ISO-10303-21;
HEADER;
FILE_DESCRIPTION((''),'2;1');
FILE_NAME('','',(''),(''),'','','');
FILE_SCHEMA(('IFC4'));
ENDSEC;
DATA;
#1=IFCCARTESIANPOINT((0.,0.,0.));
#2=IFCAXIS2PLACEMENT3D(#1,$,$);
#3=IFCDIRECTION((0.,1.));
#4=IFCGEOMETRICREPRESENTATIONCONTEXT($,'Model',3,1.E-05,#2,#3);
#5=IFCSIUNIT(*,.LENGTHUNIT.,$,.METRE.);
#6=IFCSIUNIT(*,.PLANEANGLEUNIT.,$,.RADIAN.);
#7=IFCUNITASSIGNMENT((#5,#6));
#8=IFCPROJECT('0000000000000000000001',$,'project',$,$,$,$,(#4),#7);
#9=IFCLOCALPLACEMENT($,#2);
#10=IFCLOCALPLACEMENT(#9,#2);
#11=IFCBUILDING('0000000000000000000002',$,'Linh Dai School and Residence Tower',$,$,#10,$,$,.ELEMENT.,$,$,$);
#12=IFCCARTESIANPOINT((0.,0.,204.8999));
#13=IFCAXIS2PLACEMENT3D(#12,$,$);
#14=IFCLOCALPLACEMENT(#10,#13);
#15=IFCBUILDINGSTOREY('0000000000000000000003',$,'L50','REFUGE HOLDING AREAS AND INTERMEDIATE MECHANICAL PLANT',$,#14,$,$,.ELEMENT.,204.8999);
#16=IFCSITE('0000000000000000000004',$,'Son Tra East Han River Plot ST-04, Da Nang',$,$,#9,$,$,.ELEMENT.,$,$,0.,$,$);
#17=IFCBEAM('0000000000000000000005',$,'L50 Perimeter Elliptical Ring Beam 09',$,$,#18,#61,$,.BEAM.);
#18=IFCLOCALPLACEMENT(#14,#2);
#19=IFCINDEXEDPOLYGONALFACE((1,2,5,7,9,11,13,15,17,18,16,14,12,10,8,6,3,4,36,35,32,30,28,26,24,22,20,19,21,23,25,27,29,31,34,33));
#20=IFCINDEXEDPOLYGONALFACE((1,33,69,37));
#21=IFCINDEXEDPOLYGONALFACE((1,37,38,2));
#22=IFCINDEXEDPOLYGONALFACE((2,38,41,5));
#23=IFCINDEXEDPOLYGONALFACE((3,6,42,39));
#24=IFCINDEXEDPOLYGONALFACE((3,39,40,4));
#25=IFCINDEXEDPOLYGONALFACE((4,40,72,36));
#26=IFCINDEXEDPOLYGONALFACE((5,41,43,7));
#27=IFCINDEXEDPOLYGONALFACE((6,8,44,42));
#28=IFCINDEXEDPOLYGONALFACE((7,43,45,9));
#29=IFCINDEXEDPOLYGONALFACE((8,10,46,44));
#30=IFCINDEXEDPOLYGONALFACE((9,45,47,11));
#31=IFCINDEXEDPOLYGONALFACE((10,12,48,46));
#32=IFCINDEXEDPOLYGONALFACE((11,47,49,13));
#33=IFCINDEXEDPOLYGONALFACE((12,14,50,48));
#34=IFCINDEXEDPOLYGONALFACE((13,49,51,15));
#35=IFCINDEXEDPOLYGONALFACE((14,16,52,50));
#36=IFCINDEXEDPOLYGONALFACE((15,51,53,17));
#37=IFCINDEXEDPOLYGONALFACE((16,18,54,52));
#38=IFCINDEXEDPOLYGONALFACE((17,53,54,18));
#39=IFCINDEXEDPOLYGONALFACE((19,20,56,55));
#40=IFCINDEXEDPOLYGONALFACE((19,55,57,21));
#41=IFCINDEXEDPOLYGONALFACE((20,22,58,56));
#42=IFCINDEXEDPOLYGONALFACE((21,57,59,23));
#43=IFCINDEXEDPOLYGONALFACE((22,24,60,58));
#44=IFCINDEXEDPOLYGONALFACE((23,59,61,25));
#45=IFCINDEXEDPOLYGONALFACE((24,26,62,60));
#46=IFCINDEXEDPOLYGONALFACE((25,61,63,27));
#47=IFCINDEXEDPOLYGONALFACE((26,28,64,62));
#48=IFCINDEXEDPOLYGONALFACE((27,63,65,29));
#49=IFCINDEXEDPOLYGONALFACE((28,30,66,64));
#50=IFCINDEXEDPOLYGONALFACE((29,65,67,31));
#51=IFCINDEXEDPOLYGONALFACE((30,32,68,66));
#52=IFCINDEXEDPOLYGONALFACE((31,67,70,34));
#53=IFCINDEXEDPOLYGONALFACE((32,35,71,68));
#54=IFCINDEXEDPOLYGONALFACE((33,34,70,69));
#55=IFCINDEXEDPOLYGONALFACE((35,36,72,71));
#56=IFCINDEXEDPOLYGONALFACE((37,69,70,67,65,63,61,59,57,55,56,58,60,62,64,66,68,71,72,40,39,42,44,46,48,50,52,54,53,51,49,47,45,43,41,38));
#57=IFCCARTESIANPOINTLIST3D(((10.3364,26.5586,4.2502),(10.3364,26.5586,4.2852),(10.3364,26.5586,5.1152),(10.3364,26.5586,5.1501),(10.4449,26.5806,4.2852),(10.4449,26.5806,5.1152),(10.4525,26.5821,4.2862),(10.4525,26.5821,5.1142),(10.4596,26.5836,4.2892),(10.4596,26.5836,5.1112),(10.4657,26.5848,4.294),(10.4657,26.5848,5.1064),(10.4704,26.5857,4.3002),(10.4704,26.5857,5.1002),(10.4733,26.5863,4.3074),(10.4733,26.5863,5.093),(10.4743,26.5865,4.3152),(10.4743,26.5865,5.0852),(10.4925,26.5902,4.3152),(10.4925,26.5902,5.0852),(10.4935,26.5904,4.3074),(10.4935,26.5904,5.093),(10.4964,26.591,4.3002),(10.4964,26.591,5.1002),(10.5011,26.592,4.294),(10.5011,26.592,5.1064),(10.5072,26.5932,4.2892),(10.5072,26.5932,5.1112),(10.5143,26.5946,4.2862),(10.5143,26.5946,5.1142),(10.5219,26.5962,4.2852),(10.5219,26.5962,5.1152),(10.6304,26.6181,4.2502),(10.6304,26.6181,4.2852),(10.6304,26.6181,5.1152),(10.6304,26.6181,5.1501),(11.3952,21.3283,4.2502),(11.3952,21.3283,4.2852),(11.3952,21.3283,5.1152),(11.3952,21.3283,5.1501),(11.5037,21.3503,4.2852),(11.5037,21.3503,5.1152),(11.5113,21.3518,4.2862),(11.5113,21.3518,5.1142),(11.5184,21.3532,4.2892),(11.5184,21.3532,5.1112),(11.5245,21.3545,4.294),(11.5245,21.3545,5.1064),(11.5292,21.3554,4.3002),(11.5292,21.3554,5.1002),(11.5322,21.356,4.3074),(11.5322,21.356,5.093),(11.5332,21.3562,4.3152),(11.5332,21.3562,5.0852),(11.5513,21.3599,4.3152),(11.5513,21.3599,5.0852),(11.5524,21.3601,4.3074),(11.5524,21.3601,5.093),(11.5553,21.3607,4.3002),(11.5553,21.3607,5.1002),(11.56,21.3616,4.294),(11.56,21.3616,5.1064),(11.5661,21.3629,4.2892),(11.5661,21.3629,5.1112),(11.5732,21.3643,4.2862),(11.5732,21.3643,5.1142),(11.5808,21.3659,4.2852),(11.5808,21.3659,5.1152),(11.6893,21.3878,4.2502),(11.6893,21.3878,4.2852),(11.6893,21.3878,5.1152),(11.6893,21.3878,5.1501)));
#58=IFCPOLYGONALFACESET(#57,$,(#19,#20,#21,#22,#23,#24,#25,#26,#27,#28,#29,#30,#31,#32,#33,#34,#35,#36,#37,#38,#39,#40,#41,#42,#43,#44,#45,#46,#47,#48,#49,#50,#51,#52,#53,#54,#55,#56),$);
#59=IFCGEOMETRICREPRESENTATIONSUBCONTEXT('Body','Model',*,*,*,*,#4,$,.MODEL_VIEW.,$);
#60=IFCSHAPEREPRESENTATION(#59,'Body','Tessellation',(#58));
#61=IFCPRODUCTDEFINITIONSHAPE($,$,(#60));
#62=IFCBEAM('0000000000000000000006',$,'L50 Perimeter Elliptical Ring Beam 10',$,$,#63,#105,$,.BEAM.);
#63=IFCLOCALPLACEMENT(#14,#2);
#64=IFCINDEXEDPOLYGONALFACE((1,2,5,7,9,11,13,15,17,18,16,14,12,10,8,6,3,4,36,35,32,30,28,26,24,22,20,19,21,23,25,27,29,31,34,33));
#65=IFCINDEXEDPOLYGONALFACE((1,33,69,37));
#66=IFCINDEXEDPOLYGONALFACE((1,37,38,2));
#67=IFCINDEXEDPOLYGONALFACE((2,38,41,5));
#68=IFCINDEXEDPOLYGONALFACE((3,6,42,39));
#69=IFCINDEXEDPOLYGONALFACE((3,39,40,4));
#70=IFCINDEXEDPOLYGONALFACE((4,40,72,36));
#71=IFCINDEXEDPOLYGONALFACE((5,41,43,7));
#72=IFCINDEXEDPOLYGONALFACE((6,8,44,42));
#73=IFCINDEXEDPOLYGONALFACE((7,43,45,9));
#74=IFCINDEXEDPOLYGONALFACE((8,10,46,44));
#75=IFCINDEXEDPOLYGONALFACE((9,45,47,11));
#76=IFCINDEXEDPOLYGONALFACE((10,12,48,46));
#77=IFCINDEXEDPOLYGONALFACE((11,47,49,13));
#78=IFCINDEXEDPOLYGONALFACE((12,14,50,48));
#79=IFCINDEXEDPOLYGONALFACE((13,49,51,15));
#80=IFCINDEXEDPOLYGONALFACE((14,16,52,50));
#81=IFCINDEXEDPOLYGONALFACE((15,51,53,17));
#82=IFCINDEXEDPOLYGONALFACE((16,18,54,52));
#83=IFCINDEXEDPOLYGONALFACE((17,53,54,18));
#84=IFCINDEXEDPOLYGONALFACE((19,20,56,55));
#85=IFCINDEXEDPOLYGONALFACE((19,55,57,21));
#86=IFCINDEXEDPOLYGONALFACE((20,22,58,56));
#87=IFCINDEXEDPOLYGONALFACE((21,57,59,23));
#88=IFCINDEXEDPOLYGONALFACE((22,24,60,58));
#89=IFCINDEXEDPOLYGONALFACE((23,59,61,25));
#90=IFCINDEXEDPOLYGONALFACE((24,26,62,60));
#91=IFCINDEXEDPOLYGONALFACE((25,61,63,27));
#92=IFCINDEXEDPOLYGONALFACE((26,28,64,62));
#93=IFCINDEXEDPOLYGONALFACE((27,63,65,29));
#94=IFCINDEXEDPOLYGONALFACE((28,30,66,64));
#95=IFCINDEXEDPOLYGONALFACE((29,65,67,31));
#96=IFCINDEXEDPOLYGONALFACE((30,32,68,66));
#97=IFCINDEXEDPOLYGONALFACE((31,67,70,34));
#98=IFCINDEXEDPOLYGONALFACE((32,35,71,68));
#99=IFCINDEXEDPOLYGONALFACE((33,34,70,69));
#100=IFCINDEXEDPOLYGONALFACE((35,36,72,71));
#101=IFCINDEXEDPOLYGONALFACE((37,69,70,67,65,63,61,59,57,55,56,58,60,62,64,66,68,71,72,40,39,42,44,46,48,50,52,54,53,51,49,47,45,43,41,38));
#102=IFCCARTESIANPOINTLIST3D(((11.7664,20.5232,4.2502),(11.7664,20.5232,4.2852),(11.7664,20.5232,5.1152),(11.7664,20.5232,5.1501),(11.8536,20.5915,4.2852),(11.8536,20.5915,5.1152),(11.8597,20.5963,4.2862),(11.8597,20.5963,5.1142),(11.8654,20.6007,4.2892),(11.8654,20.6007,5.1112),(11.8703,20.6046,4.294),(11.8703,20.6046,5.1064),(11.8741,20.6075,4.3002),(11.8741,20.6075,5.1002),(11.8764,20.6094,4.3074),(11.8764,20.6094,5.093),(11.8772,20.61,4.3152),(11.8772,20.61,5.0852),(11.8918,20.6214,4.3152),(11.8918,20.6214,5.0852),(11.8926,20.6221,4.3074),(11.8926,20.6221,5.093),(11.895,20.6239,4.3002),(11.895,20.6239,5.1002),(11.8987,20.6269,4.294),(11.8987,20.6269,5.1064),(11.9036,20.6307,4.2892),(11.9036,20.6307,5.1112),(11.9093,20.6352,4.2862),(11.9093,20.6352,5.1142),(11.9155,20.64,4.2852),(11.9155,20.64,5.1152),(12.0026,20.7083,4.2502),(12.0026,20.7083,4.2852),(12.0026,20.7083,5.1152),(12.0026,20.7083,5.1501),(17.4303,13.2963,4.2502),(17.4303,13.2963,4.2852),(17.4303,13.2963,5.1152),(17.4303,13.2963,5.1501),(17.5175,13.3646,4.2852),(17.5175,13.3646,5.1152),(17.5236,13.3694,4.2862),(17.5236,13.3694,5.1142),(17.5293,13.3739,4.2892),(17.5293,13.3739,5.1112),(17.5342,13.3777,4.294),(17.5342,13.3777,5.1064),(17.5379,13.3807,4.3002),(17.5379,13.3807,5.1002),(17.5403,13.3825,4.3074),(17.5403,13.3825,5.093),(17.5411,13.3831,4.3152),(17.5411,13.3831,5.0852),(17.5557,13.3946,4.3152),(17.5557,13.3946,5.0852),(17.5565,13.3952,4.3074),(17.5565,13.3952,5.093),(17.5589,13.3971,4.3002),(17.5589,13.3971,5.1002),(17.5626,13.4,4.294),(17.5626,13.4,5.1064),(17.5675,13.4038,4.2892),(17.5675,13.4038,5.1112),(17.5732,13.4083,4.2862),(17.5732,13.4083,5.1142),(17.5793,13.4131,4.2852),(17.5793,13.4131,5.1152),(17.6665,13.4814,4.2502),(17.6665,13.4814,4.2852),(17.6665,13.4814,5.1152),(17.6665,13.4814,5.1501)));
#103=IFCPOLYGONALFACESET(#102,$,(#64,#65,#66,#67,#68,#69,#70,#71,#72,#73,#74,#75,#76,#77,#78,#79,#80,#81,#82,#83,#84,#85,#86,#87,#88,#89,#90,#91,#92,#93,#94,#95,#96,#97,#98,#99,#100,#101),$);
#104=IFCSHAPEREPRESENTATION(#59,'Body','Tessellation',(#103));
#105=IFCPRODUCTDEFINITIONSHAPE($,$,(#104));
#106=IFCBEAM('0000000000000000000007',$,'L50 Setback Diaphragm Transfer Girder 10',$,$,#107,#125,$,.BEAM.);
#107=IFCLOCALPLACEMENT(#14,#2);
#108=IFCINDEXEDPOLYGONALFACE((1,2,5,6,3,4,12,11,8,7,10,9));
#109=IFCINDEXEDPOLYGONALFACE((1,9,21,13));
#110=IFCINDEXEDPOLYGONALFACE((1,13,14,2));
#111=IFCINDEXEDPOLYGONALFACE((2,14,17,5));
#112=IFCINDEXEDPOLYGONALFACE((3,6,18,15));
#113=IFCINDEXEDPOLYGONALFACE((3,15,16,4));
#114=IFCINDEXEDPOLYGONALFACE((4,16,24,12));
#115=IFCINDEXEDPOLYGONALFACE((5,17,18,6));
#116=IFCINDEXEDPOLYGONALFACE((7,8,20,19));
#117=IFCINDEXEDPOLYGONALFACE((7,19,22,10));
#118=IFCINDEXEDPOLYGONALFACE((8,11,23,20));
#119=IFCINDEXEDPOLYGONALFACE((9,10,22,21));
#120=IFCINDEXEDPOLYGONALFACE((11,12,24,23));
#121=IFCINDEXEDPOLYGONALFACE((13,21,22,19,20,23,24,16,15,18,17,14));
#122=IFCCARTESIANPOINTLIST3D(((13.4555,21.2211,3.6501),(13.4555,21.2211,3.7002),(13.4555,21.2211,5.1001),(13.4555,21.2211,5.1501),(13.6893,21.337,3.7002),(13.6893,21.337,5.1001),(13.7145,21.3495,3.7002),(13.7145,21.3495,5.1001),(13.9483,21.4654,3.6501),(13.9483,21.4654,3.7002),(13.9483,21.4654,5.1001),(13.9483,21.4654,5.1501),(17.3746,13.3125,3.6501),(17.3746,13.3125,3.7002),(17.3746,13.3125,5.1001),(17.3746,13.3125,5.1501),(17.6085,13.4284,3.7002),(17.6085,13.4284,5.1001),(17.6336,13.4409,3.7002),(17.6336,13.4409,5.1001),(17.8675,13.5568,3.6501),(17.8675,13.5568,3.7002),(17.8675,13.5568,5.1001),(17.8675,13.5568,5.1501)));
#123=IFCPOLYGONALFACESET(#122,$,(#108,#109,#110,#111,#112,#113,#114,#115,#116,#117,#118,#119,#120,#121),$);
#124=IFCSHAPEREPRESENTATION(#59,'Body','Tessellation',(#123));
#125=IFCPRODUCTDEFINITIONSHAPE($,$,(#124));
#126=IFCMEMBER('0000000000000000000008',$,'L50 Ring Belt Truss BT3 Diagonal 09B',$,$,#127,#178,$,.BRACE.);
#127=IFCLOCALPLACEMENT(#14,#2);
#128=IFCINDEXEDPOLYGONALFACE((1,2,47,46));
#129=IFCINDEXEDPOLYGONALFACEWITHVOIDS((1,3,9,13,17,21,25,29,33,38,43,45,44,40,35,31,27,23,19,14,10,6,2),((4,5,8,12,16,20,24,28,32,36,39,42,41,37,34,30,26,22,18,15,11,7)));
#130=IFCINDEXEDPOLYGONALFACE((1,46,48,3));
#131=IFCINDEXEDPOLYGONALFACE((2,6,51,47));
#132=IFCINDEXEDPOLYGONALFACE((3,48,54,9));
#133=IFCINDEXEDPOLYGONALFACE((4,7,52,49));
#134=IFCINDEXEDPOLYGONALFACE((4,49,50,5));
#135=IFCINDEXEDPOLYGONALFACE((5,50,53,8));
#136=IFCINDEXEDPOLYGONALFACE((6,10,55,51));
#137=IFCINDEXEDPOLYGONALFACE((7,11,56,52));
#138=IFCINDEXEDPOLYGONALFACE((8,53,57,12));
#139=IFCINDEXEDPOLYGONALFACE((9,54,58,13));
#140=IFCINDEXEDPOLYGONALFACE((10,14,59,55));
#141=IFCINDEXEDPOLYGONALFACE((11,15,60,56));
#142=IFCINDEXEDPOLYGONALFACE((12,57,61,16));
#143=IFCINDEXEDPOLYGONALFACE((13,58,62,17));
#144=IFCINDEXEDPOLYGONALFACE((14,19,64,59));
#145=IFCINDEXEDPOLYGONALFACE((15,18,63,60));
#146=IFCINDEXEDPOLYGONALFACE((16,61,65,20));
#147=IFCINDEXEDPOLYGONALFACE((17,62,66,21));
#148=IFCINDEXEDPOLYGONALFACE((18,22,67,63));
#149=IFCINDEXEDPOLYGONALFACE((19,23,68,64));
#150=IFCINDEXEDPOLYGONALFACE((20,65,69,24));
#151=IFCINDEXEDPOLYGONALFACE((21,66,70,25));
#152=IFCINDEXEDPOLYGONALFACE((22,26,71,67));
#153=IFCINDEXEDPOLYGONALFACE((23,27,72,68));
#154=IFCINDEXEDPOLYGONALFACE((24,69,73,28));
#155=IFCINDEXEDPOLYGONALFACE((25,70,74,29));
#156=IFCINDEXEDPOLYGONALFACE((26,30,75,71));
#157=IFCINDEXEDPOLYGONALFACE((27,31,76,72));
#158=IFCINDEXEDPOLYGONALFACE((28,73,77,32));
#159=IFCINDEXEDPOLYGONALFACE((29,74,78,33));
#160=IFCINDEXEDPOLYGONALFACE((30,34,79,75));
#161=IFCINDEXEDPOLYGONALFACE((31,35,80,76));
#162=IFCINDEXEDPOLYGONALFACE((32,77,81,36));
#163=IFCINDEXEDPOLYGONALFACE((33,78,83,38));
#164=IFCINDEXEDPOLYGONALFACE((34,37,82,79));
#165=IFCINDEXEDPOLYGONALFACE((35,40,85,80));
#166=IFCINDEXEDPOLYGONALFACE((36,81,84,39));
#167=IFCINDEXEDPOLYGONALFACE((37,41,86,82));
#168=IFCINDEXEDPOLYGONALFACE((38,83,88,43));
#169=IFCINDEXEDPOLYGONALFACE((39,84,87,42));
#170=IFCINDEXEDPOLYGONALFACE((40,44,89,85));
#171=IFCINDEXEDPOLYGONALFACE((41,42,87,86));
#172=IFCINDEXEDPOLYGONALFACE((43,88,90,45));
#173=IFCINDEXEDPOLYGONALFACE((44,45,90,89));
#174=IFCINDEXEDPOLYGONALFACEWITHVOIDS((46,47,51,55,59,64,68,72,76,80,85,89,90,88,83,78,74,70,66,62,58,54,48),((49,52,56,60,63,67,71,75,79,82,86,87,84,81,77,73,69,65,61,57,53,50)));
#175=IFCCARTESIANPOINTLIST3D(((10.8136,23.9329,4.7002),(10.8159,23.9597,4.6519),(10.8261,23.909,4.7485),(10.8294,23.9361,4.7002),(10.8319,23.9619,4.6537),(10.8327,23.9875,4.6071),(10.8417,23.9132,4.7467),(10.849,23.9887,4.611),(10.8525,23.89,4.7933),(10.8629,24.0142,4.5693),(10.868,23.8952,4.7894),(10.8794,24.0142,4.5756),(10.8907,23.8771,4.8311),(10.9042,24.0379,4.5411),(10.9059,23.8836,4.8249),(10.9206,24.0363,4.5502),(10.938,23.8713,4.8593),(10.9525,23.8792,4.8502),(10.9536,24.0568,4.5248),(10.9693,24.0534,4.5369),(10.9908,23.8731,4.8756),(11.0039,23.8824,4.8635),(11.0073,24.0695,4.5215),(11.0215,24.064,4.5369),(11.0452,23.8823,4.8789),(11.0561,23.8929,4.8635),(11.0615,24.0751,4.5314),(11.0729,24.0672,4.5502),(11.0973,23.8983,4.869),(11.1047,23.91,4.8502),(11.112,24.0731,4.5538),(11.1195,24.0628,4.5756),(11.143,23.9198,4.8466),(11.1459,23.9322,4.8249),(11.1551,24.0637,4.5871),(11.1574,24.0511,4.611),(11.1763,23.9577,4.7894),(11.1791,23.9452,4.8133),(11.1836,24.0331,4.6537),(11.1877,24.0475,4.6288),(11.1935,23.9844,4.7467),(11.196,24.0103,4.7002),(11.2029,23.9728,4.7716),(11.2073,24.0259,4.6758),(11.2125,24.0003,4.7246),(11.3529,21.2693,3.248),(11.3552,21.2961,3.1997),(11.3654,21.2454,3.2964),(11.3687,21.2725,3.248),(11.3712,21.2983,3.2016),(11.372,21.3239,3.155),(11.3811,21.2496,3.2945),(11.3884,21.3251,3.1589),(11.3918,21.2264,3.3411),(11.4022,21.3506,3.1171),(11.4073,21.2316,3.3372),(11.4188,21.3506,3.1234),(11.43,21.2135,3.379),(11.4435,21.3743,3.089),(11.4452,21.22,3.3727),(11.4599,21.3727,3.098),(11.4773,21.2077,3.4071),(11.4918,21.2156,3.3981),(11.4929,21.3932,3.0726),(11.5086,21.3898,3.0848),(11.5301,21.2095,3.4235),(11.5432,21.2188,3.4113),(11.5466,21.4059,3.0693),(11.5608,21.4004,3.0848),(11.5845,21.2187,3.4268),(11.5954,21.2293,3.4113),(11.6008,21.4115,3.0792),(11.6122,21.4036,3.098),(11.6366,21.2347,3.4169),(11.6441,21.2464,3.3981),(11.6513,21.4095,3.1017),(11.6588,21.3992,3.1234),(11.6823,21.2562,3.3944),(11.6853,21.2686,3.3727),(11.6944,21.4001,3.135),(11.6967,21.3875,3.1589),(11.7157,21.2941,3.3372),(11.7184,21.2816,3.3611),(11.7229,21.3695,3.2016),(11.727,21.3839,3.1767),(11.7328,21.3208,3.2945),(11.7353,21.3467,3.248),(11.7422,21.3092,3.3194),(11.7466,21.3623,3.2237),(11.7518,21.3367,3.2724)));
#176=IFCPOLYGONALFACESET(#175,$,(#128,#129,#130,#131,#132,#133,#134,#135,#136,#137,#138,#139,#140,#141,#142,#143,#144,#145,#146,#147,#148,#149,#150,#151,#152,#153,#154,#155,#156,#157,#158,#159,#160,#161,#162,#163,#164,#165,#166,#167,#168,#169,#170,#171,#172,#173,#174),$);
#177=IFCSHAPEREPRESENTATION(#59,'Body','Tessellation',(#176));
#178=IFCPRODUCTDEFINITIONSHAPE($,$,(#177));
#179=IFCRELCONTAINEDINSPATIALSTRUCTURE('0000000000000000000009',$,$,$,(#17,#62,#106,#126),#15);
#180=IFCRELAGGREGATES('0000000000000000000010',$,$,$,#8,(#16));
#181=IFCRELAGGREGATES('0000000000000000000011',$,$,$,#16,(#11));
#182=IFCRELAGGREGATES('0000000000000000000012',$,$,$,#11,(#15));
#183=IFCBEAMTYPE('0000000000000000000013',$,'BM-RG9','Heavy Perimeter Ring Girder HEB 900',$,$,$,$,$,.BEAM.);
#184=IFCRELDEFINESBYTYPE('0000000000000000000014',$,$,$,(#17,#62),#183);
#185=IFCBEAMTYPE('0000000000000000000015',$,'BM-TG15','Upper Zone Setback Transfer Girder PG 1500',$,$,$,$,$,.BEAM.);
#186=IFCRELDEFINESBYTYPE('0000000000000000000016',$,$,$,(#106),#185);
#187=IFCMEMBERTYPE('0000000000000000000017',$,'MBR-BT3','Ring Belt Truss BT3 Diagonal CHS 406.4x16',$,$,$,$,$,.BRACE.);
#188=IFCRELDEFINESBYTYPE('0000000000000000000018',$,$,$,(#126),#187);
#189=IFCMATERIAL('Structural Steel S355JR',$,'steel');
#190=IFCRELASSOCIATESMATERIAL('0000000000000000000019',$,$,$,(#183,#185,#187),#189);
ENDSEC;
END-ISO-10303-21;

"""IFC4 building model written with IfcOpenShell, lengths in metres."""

from ifc_helpers import new_model, si_unit, direction, frame, origin, origin_2d, place, context, subcontext, project, spatial, hollow_circle, i_section, extrude, material, material_profile, profile_set, type_object, element, save


model = new_model("IFC4")

# Units and contexts
model_context = context("Model", 3, precision=1e-05, world=origin(), true_north=direction((0.0, 1.0)))
body_context = subcontext(model_context, "Body", "Model", "MODEL_VIEW")
ifc_project = project(units=[si_unit("LENGTHUNIT", "METRE"), si_unit("PLANEANGLEUNIT", "RADIAN")], contexts=[model_context])

# Site, building, storey
site_placement = place(None, origin())
site = spatial("IfcSite", under=ifc_project, at=site_placement, Name="Son Tra East Han River Plot ST-04, Da Nang", CompositionType="ELEMENT", RefElevation=0.0)
building_placement = place(site_placement, origin())
building = spatial("IfcBuilding", under=site, at=building_placement, Name="Linh Dai School and Residence Tower", CompositionType="ELEMENT")
storey_placement = place(building_placement, frame((0.0, 0.0, 204.8999)))
storey = spatial("IfcBuildingStorey", under=building, at=storey_placement, Name="L50", Description="REFUGE HOLDING AREAS AND INTERMEDIATE MECHANICAL PLANT", CompositionType="ELEMENT", Elevation=204.8999)

# Shared definitions
ifc_material_1 = material(Name="Structural Steel S355JR", Category="steel")

# Beams
ifc_material_profile_1 = material_profile(ifc_material_1, i_section(OverallWidth=0.3, OverallDepth=0.8999, WebThickness=0.0186, FlangeThickness=0.0349, FilletRadius=0.03, at=origin_2d()), Name="HEB 900")
ifc_profile_set_1 = profile_set([ifc_material_profile_1], Name="Structural Steel S355JR")
beam_type_1 = type_object("IfcBeamType", Name="BM-RG9", Description="Heavy Perimeter Ring Girder HEB 900", PredefinedType="BEAM", material=ifc_profile_set_1)
beam_1_placement = place(storey_placement, frame((10.4834, 26.5884, 4.7002), z_axis=(0.198421, -0.980117, 0.0), x_axis=(0.980117, 0.198421, 0.0)))
element("IfcBeam", 1, at=beam_1_placement, inside=storey, type_object=beam_type_1, Name="L50 Perimeter Elliptical Ring Beam 09", PredefinedType="BEAM", context=body_context, shape_type="SweptSolid", body=[
    extrude(i_section(OverallWidth=0.3, OverallDepth=0.8999, WebThickness=0.0186, FlangeThickness=0.0349, FilletRadius=0.03, at=origin_2d()), origin(), (0.0, 0.0, 1.0), 5.3364),
])
beam_2_placement = place(storey_placement, frame((11.8845, 20.6157, 4.7002), z_axis=(0.616852, -0.787079, 0.0), x_axis=(0.787079, 0.616852, 0.0)))
element("IfcBeam", 2, at=beam_2_placement, inside=storey, type_object=beam_type_1, Name="L50 Perimeter Elliptical Ring Beam 10", PredefinedType="BEAM", context=body_context, shape_type="SweptSolid", body=[
    extrude(i_section(OverallWidth=0.3, OverallDepth=0.8999, WebThickness=0.0186, FlangeThickness=0.0349, FilletRadius=0.03, at=origin_2d()), origin(), (0.0, 0.0, 1.0), 9.1819),
])
ifc_material_profile_2 = material_profile(ifc_material_1, i_section(OverallWidth=0.55, OverallDepth=1.5, WebThickness=0.0281, FlangeThickness=0.05, at=origin_2d()), Name="PG 1500x550x28x50")
ifc_profile_set_2 = profile_set([ifc_material_profile_2], Name="Structural Steel S355JR")
beam_type_2 = type_object("IfcBeamType", Name="BM-TG15", Description="Upper Zone Setback Transfer Girder PG 1500", PredefinedType="BEAM", material=ifc_profile_set_2)
beam_3_placement = place(storey_placement, frame((13.7019, 21.3433, 4.4001), z_axis=(0.444024, -0.896015, 0.0), x_axis=(0.896015, 0.444024, 0.0)))
element("IfcBeam", 3, at=beam_3_placement, inside=storey, type_object=beam_type_2, Name="L50 Setback Diaphragm Transfer Girder 10", PredefinedType="BEAM", context=body_context, shape_type="SweptSolid", body=[
    extrude(i_section(OverallWidth=0.55, OverallDepth=1.5, WebThickness=0.0281, FlangeThickness=0.05, at=origin_2d()), origin(), (0.0, 0.0, 1.0), 8.8264),
])

# Member
ifc_material_profile_3 = material_profile(ifc_material_1, hollow_circle(Radius=0.2031, WallThickness=0.0161, at=origin_2d()), Name="CHS 406.4x16")
ifc_profile_set_3 = profile_set([ifc_material_profile_3], Name="Structural Steel S355JR")
member_type_1 = type_object("IfcMemberType", Name="MBR-BT3", Description="Ring Belt Truss BT3 Diagonal CHS 406.4x16", PredefinedType="BRACE", material=ifc_profile_set_3)
member_1_placement = place(storey_placement, frame((11.552, 21.3096, 3.248), z_axis=(-0.175027, 0.864441, 0.471283), x_axis=(-0.980111, -0.198448, 0.0)))
element("IfcMember", 4, at=member_1_placement, inside=storey, type_object=member_type_1, Name="L50 Ring Belt Truss BT3 Diagonal 09B", PredefinedType="BRACE", context=body_context, shape_type="SweptSolid", body=[
    extrude(hollow_circle(Radius=0.2031, WallThickness=0.0161, at=origin_2d()), origin(), (0.0, 0.0, 1.0), 3.0813),
])

save(model, "model.ifc")
